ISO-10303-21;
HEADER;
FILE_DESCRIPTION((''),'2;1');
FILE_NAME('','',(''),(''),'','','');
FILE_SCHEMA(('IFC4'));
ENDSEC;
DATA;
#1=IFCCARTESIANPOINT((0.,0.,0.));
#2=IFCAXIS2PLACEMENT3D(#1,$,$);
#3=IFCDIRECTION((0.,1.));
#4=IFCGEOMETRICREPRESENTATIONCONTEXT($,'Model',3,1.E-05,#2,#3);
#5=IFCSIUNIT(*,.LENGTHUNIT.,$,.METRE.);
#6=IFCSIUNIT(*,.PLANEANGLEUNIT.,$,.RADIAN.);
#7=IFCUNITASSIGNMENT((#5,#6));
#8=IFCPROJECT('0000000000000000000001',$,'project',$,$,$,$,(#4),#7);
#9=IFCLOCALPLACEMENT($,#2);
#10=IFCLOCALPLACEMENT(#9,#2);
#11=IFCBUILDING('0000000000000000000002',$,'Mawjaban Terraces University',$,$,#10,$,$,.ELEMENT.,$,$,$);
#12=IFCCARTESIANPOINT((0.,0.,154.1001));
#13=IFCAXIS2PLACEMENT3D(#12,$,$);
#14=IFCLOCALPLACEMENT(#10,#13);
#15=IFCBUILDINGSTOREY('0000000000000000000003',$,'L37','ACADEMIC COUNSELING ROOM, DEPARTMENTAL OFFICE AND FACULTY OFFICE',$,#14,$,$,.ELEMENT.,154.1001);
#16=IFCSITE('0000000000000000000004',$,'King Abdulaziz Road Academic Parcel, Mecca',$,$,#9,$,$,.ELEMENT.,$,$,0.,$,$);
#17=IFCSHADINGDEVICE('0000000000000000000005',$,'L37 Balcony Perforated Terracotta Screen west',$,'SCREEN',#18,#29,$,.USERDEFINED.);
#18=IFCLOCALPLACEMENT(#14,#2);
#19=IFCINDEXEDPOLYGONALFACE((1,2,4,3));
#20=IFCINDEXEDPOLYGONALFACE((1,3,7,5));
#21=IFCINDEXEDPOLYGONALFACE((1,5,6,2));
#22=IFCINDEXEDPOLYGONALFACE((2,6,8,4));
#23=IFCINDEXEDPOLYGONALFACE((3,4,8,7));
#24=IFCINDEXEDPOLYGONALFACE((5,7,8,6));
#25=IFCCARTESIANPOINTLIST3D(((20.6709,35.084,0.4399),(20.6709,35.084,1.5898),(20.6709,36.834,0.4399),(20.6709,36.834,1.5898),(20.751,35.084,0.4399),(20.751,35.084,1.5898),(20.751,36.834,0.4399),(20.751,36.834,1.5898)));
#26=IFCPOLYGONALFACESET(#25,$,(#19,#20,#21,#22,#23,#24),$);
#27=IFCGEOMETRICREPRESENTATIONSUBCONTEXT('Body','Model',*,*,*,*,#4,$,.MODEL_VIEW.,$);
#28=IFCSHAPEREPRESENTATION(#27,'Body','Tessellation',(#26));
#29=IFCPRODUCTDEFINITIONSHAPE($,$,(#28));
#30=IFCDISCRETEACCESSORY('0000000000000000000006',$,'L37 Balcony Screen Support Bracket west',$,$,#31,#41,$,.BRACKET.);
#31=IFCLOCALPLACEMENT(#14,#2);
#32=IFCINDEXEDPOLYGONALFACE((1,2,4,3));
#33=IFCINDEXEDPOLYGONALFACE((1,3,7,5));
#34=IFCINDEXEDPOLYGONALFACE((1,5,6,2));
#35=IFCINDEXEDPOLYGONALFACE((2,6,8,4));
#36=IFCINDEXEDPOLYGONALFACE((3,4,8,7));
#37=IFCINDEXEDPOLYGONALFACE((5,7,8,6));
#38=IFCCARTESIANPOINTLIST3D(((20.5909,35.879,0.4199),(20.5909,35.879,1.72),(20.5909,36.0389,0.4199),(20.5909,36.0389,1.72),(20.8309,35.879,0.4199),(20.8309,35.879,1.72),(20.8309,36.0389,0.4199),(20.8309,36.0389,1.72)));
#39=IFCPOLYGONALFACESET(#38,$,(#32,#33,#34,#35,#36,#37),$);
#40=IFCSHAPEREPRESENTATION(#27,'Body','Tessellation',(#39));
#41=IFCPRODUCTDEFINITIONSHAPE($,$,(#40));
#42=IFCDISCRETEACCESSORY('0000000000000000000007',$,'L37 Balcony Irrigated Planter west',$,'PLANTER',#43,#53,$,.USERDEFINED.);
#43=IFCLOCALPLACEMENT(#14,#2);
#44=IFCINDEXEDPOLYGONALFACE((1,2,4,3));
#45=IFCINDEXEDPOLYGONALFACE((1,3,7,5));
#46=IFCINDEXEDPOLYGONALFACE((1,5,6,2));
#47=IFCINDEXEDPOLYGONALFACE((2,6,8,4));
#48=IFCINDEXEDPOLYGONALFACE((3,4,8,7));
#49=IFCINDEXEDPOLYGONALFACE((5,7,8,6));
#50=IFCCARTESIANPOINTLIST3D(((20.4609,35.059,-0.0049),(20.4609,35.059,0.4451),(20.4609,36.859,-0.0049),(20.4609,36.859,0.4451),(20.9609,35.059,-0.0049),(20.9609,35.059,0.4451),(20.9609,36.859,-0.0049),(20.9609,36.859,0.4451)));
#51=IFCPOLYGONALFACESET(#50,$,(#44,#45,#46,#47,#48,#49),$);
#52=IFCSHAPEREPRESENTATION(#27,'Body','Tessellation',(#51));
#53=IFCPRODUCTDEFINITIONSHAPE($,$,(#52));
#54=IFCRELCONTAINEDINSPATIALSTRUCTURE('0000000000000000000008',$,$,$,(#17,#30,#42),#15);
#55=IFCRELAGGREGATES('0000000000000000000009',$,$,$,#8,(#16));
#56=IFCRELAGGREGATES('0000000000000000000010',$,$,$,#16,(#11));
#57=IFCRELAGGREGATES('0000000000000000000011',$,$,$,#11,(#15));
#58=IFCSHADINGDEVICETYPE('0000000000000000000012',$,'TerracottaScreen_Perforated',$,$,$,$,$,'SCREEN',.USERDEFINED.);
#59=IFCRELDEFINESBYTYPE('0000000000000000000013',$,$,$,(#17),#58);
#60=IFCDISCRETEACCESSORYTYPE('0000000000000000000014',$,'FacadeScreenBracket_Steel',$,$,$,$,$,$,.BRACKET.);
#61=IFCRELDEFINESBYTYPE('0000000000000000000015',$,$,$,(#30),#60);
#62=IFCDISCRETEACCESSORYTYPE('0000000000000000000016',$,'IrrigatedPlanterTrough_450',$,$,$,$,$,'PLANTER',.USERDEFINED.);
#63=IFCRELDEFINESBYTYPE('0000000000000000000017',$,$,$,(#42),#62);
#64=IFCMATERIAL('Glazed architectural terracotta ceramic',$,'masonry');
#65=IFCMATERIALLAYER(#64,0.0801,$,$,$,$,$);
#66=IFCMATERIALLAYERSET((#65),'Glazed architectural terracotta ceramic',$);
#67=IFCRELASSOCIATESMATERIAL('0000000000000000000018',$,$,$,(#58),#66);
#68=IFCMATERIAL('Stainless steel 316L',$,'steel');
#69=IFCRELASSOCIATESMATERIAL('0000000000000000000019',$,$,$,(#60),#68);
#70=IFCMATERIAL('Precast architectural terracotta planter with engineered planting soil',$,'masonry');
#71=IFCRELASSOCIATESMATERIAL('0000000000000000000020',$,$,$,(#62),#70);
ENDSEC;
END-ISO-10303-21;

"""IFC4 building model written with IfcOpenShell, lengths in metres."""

from ifc_helpers import new_model, si_unit, direction, frame, origin, origin_2d, place, context, subcontext, project, spatial, rectangle, extrude, material, layer, layer_set, type_object, element, save


model = new_model("IFC4")

# Units and contexts
model_context = context("Model", 3, precision=1e-05, world=origin(), true_north=direction((0.0, 1.0)))
body_context = subcontext(model_context, "Body", "Model", "MODEL_VIEW")
ifc_project = project(units=[si_unit("LENGTHUNIT", "METRE"), si_unit("PLANEANGLEUNIT", "RADIAN")], contexts=[model_context])

# Site, building, storey
site_placement = place(None, origin())
site = spatial("IfcSite", under=ifc_project, at=site_placement, Name="King Abdulaziz Road Academic Parcel, Mecca", CompositionType="ELEMENT", RefElevation=0.0)
building_placement = place(site_placement, origin())
building = spatial("IfcBuilding", under=site, at=building_placement, Name="Mawjaban Terraces University", CompositionType="ELEMENT")
storey_placement = place(building_placement, frame((0.0, 0.0, 154.1001)))
storey = spatial("IfcBuildingStorey", under=building, at=storey_placement, Name="L37", Description="ACADEMIC COUNSELING ROOM, DEPARTMENTAL OFFICE AND FACULTY OFFICE", CompositionType="ELEMENT", Elevation=154.1001)

# Shading device
ifc_material_1 = material(Name="Glazed architectural terracotta ceramic", Category="masonry")
ifc_layer_1 = layer(ifc_material_1, 0.0801)
ifc_layer_set_1 = layer_set([ifc_layer_1], Name="Glazed architectural terracotta ceramic")
shading_device_type_1 = type_object("IfcShadingDeviceType", Name="TerracottaScreen_Perforated", ElementType="SCREEN", PredefinedType="USERDEFINED", material=ifc_layer_set_1)
shading_device_placement = place(storey_placement, frame((20.7109, 35.959, 0.4399), z_axis=(0.0, 0.0, 1.0), x_axis=(0.0, 1.0, 0.0)))
element("IfcShadingDevice", 1, at=shading_device_placement, inside=storey, type_object=shading_device_type_1, Name="L37 Balcony Perforated Terracotta Screen west", ObjectType="SCREEN", PredefinedType="USERDEFINED", context=body_context, shape_type="SweptSolid", body=[
    extrude(rectangle(XDim=1.75, YDim=0.0801, at=origin_2d()), origin(), (0.0, 0.0, 1.0), 1.1499),
])

# Discrete accessories
ifc_material_2 = material(Name="Stainless steel 316L", Category="steel")
discrete_accessory_type_1 = type_object("IfcDiscreteAccessoryType", Name="FacadeScreenBracket_Steel", PredefinedType="BRACKET", material=ifc_material_2)
discrete_accessory_1_placement = place(storey_placement, frame((20.7109, 35.959, 0.4199), z_axis=(0.0, 0.0, 1.0), x_axis=(0.0, 1.0, 0.0)))
element("IfcDiscreteAccessory", 2, at=discrete_accessory_1_placement, inside=storey, type_object=discrete_accessory_type_1, Name="L37 Balcony Screen Support Bracket west", PredefinedType="BRACKET", context=body_context, shape_type="SweptSolid", body=[
    extrude(rectangle(XDim=0.1599, YDim=0.24, at=origin_2d()), origin(), (0.0, 0.0, 1.0), 1.3),
])
ifc_material_3 = material(Name="Precast architectural terracotta planter with engineered planting soil", Category="masonry")
discrete_accessory_type_2 = type_object("IfcDiscreteAccessoryType", Name="IrrigatedPlanterTrough_450", ElementType="PLANTER", PredefinedType="USERDEFINED", material=ifc_material_3)
discrete_accessory_2_placement = place(storey_placement, frame((20.7109, 35.959, -0.0049), z_axis=(0.0, 0.0, 1.0), x_axis=(0.0, 1.0, 0.0)))
element("IfcDiscreteAccessory", 3, at=discrete_accessory_2_placement, inside=storey, type_object=discrete_accessory_type_2, Name="L37 Balcony Irrigated Planter west", ObjectType="PLANTER", PredefinedType="USERDEFINED", context=body_context, shape_type="SweptSolid", body=[
    extrude(rectangle(XDim=1.8, YDim=0.5, at=origin_2d()), origin(), (0.0, 0.0, 1.0), 0.45),
])

save(model, "model.ifc")
